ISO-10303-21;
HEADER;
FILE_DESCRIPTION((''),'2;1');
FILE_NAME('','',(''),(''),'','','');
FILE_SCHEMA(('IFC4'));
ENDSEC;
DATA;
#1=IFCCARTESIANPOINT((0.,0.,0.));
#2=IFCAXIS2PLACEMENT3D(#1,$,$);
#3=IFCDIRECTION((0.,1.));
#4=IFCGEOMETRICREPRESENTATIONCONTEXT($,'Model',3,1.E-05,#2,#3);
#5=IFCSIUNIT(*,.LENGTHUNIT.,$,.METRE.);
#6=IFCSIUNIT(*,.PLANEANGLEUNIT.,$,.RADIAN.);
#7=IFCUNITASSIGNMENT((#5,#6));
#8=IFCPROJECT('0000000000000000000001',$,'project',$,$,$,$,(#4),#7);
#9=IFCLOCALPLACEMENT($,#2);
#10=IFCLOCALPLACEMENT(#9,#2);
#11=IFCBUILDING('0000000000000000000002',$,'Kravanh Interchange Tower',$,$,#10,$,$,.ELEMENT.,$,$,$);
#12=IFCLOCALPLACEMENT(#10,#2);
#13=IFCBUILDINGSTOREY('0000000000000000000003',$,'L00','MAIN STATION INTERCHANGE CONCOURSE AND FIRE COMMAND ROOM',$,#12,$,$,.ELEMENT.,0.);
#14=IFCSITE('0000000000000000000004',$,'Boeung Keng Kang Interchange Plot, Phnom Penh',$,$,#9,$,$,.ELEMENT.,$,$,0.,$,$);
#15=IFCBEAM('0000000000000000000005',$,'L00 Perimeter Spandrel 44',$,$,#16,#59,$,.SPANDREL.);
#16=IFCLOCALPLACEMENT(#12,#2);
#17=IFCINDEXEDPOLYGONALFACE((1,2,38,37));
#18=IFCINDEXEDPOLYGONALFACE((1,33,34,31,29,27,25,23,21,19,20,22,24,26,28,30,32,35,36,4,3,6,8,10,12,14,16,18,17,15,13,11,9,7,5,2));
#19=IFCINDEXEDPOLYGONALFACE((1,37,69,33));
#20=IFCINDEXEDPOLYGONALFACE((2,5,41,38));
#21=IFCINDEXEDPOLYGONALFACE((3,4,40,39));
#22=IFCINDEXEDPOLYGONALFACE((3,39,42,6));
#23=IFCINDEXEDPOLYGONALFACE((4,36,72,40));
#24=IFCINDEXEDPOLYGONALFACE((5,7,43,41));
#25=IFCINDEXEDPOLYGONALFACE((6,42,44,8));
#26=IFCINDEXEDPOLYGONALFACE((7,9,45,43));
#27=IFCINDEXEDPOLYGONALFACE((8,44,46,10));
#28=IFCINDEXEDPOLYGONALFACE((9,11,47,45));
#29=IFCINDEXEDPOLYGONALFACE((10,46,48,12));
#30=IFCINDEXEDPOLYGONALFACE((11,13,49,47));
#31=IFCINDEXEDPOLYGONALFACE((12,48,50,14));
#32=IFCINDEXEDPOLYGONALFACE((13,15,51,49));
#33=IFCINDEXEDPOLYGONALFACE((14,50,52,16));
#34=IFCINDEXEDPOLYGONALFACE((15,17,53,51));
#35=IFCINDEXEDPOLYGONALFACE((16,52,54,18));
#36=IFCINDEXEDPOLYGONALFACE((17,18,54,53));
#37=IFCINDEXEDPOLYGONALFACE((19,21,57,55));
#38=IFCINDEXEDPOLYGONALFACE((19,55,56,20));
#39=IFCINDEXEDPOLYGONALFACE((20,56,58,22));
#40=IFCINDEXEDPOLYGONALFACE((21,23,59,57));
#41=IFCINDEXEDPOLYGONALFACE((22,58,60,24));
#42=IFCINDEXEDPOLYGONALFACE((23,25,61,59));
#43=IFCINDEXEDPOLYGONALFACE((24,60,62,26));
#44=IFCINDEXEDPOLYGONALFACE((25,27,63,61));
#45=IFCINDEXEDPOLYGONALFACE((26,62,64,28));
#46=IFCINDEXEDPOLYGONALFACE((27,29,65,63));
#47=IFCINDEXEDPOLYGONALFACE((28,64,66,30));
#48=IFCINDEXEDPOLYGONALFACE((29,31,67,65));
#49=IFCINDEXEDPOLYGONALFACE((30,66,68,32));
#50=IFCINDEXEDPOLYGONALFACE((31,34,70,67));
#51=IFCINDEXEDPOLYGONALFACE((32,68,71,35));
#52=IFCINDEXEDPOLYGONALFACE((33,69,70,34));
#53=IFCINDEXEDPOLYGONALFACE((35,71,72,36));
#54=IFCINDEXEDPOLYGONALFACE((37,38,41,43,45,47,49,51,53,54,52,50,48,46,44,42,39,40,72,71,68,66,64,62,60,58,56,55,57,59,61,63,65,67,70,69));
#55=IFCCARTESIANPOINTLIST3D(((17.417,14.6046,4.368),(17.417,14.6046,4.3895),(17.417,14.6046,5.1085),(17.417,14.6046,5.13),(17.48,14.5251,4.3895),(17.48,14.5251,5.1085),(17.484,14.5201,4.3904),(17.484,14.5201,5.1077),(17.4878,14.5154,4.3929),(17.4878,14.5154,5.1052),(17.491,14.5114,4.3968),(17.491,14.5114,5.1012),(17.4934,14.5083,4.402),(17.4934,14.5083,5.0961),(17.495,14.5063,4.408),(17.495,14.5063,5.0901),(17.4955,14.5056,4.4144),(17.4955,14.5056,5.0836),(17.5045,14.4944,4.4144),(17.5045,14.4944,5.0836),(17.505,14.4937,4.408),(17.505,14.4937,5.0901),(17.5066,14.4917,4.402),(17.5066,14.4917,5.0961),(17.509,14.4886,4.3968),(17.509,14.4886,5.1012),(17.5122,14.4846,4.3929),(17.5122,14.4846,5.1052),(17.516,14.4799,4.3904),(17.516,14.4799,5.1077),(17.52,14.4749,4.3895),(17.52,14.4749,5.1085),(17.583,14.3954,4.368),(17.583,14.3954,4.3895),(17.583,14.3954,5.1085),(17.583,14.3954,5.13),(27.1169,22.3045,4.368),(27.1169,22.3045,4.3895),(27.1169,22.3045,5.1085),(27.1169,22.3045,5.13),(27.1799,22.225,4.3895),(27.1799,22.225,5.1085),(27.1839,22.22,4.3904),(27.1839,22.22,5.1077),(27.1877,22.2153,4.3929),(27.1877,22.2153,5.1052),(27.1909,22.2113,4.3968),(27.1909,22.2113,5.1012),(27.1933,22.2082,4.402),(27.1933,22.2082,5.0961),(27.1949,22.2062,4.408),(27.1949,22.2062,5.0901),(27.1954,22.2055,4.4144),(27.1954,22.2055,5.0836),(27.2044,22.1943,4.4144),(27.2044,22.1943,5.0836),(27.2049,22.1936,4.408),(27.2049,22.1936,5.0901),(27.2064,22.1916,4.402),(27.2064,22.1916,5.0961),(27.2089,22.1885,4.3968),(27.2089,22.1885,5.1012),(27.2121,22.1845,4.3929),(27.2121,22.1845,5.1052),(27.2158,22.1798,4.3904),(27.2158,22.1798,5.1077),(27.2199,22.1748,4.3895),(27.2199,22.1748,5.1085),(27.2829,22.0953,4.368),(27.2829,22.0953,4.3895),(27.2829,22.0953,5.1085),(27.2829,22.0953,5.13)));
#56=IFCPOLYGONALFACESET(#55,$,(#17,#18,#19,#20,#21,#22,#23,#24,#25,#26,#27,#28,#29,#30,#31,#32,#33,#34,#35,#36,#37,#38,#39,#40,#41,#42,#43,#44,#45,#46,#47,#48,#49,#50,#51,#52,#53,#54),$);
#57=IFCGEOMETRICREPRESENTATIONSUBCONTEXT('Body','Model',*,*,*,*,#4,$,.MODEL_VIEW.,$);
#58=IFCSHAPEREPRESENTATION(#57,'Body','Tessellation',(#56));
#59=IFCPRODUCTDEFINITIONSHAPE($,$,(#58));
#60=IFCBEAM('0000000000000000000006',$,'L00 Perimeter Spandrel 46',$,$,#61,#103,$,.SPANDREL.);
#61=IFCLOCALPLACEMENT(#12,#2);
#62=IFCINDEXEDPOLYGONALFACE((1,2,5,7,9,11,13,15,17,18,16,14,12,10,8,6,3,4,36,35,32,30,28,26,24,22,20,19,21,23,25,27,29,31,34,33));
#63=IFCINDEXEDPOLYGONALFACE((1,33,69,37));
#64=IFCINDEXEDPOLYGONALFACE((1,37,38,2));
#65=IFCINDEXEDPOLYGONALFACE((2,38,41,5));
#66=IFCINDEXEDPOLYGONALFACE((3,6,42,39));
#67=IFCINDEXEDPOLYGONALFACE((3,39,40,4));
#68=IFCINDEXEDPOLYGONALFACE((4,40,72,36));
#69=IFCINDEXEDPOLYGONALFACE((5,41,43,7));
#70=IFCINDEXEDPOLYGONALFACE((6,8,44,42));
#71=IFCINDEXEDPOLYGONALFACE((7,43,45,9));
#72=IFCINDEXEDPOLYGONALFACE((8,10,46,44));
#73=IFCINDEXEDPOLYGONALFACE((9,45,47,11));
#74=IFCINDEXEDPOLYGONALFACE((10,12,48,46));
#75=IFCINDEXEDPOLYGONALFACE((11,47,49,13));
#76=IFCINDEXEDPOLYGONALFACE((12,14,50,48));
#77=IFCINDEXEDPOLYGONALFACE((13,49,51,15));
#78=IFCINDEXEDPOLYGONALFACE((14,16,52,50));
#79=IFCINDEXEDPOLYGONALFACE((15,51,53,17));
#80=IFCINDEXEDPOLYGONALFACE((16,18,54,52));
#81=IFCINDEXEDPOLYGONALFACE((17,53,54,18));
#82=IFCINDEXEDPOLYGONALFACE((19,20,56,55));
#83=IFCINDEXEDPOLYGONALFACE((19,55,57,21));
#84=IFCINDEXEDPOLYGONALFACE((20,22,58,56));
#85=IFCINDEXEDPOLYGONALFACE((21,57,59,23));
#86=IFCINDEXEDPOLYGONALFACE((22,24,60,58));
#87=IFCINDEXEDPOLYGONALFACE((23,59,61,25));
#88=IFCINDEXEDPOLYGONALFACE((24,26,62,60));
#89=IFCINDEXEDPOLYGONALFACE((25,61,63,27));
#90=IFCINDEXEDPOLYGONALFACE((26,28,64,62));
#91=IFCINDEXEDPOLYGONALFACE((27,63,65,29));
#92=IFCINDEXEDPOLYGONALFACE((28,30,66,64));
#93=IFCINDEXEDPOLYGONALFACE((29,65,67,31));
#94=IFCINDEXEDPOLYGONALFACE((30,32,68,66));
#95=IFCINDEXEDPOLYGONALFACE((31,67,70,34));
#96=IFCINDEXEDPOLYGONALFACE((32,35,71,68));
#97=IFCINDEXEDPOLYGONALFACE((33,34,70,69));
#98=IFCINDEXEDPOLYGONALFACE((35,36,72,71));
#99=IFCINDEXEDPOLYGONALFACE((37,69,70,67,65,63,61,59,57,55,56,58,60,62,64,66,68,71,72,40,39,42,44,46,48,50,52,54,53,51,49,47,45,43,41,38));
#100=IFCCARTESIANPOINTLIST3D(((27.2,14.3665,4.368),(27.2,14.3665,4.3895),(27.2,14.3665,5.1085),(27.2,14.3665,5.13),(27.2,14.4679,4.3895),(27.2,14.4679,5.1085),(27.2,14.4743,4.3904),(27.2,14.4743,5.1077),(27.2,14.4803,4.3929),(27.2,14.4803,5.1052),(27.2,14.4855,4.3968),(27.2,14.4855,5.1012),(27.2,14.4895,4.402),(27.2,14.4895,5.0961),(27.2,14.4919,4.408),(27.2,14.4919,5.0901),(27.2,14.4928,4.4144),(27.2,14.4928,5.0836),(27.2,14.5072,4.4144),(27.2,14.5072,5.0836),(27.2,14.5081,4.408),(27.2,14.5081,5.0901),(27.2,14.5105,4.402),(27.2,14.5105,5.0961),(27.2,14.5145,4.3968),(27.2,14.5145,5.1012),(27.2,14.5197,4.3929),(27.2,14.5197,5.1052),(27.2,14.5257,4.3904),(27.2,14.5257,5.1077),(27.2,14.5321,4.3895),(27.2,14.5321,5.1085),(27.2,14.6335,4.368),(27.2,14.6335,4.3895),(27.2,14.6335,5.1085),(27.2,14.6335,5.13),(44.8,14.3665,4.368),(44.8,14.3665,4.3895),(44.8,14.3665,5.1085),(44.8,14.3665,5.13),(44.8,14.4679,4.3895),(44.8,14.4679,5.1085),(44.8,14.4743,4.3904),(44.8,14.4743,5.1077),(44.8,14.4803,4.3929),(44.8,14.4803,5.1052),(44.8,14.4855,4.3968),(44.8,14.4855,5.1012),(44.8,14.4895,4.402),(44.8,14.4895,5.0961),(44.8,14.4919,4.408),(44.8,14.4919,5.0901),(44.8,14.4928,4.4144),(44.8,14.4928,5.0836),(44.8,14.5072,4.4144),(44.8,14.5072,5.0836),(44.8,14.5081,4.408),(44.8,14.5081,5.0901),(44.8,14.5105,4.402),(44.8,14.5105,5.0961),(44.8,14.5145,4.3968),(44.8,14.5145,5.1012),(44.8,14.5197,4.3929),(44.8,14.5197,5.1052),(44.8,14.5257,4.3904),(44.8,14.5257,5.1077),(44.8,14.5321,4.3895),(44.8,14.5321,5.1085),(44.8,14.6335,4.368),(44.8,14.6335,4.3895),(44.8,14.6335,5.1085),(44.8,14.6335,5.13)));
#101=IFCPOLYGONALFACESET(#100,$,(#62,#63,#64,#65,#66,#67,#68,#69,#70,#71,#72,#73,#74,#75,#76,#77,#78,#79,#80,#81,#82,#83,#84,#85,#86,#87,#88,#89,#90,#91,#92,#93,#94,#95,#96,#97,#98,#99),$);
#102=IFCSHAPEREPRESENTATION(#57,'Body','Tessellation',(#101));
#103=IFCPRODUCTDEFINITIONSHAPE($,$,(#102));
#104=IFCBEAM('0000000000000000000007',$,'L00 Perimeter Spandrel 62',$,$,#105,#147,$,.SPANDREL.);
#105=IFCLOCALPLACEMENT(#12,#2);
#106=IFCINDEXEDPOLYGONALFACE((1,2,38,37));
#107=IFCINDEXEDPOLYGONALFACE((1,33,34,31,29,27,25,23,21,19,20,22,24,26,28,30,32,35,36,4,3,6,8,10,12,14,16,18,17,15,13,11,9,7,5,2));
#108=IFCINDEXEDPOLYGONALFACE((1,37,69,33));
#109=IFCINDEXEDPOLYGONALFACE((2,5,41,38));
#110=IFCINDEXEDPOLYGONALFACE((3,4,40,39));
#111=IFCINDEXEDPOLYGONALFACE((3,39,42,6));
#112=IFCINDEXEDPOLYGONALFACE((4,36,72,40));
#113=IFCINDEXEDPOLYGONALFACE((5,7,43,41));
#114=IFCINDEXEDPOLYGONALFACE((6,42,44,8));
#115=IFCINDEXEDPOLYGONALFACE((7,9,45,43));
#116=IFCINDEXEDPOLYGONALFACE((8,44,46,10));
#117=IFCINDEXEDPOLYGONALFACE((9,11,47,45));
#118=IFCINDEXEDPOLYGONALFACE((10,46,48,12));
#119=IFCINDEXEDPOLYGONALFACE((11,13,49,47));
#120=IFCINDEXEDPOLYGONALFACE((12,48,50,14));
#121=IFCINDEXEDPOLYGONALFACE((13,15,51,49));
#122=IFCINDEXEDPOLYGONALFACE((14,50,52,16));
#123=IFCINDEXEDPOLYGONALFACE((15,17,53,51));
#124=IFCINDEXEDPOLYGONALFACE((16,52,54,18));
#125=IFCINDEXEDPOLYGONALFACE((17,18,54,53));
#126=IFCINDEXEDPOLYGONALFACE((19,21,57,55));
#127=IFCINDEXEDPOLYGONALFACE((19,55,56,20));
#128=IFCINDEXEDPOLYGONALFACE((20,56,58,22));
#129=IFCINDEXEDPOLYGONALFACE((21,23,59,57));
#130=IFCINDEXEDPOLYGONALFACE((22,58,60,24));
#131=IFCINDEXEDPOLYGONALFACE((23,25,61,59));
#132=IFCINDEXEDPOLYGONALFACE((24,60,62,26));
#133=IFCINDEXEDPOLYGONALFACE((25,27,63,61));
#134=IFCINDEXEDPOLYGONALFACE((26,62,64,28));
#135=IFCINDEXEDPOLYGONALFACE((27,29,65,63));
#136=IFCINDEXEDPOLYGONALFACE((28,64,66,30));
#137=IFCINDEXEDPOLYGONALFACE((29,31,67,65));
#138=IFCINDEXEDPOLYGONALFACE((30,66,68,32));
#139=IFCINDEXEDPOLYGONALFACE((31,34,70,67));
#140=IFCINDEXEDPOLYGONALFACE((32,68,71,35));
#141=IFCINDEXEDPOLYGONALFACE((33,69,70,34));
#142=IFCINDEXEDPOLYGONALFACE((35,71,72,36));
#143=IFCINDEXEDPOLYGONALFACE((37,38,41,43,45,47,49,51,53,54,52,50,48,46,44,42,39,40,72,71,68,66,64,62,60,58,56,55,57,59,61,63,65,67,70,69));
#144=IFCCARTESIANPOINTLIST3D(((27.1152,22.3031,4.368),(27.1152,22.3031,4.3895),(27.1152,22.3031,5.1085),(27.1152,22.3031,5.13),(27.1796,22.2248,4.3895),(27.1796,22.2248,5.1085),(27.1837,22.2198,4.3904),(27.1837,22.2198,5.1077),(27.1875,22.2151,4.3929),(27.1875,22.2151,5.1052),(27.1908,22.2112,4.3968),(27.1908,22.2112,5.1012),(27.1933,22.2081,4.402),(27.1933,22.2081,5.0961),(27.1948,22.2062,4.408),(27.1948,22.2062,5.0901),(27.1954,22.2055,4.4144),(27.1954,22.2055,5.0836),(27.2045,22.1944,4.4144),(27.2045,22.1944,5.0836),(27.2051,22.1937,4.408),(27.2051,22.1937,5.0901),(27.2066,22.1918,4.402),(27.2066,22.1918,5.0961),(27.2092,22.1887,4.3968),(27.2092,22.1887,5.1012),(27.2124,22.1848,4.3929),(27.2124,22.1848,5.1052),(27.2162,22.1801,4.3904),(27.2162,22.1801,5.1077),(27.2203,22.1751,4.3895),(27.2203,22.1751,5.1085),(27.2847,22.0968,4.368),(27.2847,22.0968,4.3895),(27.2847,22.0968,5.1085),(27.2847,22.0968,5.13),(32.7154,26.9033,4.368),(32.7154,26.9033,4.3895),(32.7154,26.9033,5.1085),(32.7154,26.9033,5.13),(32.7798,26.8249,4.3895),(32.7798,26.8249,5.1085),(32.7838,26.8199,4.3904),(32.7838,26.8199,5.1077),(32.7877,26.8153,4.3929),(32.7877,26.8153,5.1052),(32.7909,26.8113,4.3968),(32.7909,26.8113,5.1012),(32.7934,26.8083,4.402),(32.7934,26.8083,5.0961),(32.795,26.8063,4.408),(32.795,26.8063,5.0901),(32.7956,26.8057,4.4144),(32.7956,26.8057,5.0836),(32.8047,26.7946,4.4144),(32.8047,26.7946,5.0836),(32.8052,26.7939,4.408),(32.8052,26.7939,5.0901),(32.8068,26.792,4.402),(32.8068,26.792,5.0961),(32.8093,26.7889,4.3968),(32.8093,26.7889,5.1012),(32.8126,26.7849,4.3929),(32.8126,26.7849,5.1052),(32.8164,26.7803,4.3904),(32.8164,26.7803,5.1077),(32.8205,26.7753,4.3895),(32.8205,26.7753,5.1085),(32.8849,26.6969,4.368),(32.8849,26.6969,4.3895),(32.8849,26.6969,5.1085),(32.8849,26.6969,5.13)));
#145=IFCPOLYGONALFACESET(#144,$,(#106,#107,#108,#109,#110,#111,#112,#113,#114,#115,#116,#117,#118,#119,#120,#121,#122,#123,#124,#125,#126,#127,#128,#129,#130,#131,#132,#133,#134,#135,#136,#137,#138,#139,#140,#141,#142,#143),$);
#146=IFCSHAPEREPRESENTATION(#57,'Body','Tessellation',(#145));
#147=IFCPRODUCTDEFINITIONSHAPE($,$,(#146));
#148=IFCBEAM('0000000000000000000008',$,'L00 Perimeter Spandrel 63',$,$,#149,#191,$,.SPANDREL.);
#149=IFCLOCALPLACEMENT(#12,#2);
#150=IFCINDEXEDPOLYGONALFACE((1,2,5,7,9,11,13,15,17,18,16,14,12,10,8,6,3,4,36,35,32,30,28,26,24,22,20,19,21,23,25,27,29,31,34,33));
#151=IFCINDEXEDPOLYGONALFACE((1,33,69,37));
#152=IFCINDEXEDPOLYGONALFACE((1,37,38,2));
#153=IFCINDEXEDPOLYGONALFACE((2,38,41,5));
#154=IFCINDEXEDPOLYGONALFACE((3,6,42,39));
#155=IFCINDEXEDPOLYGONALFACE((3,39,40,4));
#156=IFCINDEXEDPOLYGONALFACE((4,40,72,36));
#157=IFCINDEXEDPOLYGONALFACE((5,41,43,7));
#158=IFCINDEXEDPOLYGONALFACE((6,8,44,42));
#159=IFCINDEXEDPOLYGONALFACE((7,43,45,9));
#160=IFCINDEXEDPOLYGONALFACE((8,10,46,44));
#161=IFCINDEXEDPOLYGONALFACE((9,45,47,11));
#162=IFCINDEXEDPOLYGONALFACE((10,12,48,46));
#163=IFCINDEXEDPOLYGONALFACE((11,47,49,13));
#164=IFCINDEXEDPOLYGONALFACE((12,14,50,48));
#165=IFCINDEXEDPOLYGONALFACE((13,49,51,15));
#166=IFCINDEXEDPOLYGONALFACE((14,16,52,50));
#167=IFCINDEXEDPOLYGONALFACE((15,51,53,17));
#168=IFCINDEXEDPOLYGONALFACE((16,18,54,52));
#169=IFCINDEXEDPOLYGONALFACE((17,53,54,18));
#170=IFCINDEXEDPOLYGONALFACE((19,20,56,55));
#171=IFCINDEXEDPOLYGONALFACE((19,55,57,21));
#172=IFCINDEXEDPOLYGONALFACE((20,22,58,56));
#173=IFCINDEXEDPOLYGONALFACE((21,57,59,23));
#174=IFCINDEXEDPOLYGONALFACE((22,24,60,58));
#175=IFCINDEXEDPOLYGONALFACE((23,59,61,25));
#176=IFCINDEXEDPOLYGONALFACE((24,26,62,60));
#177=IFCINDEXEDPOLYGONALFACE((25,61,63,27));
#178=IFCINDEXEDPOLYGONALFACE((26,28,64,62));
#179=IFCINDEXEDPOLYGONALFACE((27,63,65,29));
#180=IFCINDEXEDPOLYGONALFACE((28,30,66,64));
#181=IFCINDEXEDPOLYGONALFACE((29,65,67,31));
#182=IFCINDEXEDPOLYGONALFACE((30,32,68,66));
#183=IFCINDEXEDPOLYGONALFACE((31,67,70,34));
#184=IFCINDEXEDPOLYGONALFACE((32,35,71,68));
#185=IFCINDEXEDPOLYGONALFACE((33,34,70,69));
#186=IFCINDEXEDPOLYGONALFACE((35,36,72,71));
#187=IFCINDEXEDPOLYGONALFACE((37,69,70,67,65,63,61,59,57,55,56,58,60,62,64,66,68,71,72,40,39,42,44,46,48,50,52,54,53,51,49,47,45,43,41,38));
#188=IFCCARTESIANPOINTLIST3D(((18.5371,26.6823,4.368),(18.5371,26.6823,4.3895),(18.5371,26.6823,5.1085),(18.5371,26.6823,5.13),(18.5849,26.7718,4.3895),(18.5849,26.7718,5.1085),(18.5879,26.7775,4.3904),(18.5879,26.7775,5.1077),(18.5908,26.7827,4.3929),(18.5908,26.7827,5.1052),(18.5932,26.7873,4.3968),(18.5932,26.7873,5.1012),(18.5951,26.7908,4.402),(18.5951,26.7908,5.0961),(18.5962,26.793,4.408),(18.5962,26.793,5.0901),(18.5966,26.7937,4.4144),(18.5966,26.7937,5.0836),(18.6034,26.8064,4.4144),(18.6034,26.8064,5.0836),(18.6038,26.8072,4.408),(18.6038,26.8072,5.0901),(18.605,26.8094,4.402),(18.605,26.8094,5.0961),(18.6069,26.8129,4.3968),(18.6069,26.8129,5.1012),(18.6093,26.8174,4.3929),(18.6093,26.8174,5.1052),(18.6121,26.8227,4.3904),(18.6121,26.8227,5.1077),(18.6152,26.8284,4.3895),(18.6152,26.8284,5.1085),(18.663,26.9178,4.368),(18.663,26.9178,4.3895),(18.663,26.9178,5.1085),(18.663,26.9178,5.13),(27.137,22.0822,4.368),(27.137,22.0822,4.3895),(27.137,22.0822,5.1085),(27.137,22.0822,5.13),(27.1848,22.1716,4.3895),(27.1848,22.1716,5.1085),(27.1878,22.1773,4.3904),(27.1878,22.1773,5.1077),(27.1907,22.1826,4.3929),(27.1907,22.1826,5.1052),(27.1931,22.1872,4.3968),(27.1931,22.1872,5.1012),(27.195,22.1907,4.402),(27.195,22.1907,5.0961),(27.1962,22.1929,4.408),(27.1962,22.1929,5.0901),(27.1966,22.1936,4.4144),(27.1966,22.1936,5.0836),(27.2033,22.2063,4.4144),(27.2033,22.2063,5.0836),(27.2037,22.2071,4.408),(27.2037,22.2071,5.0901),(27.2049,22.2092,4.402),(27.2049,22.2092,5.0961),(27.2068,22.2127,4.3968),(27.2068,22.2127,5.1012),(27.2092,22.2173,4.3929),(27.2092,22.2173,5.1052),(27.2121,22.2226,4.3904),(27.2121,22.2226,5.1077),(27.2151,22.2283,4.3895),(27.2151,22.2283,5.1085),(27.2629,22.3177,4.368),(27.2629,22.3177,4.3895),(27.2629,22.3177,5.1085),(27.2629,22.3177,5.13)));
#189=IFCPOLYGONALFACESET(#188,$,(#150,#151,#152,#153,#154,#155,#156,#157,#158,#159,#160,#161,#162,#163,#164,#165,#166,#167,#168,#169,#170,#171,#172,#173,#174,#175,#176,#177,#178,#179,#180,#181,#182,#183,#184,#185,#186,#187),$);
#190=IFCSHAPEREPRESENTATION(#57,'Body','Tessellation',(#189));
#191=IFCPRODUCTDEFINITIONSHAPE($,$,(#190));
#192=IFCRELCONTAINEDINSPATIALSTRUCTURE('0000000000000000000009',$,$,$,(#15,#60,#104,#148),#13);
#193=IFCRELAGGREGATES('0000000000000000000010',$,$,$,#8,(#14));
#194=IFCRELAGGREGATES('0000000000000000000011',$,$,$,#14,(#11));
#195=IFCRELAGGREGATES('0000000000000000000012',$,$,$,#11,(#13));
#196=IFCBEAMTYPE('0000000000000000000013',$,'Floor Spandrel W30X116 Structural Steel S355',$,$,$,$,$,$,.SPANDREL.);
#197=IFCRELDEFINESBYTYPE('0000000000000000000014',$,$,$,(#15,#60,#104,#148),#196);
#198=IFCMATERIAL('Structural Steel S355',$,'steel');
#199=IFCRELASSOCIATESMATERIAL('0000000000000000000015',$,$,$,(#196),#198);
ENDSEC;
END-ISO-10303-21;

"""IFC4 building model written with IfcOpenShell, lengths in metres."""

from ifc_helpers import new_model, si_unit, direction, frame, origin, origin_2d, place, context, subcontext, project, spatial, i_section, extrude, material, material_profile, profile_set, type_object, element, save


model = new_model("IFC4")

# Units and contexts
model_context = context("Model", 3, precision=1e-05, world=origin(), true_north=direction((0.0, 1.0)))
body_context = subcontext(model_context, "Body", "Model", "MODEL_VIEW")
ifc_project = project(units=[si_unit("LENGTHUNIT", "METRE"), si_unit("PLANEANGLEUNIT", "RADIAN")], contexts=[model_context])

# Site, building, storey
site_placement = place(None, origin())
site = spatial("IfcSite", under=ifc_project, at=site_placement, Name="Boeung Keng Kang Interchange Plot, Phnom Penh", CompositionType="ELEMENT", RefElevation=0.0)
building_placement = place(site_placement, origin())
building = spatial("IfcBuilding", under=site, at=building_placement, Name="Kravanh Interchange Tower", CompositionType="ELEMENT")
storey_placement = place(building_placement, origin())
storey = spatial("IfcBuildingStorey", under=building, at=storey_placement, Name="L00", Description="MAIN STATION INTERCHANGE CONCOURSE AND FIRE COMMAND ROOM", CompositionType="ELEMENT", Elevation=0.0)

# Beams
ifc_material_1 = material(Name="Structural Steel S355", Category="steel")
ifc_material_profile_1 = material_profile(ifc_material_1, i_section(OverallWidth=0.2671, OverallDepth=0.762, WebThickness=0.0144, FlangeThickness=0.0215, FilletRadius=0.0249, at=origin_2d()), Name="W30X116")
ifc_profile_set_1 = profile_set([ifc_material_profile_1], Name="Structural Steel S355")
beam_type_1 = type_object("IfcBeamType", Name="Floor Spandrel W30X116 Structural Steel S355", PredefinedType="SPANDREL", material=ifc_profile_set_1)
beam_1_placement = place(storey_placement, frame((17.5, 14.5, 4.749), z_axis=(0.783227, 0.621736, 0.0), x_axis=(-0.621736, 0.783227, 0.0)))
element("IfcBeam", 1, at=beam_1_placement, inside=storey, type_object=beam_type_1, Name="L00 Perimeter Spandrel 44", PredefinedType="SPANDREL", context=body_context, shape_type="SweptSolid", body=[
    extrude(i_section(OverallWidth=0.2671, OverallDepth=0.762, WebThickness=0.0144, FlangeThickness=0.0215, FilletRadius=0.0249, at=origin_2d()), origin(), (0.0, 0.0, 1.0), 12.3845),
])
beam_2_placement = place(storey_placement, frame((27.2, 14.5, 4.749), z_axis=(1.0, 0.0, 0.0), x_axis=(0.0, 1.0, 0.0)))
element("IfcBeam", 2, at=beam_2_placement, inside=storey, type_object=beam_type_1, Name="L00 Perimeter Spandrel 46", PredefinedType="SPANDREL", context=body_context, shape_type="SweptSolid", body=[
    extrude(i_section(OverallWidth=0.2671, OverallDepth=0.762, WebThickness=0.0144, FlangeThickness=0.0215, FilletRadius=0.0249, at=origin_2d()), origin(), (0.0, 0.0, 1.0), 17.6001),
])
beam_3_placement = place(storey_placement, frame((27.2, 22.2, 4.749), z_axis=(0.772725, 0.634741, 0.0), x_axis=(-0.634741, 0.772725, 0.0)))
element("IfcBeam", 3, at=beam_3_placement, inside=storey, type_object=beam_type_1, Name="L00 Perimeter Spandrel 62", PredefinedType="SPANDREL", context=body_context, shape_type="SweptSolid", body=[
    extrude(i_section(OverallWidth=0.2671, OverallDepth=0.762, WebThickness=0.0144, FlangeThickness=0.0215, FilletRadius=0.0249, at=origin_2d()), origin(), (0.0, 0.0, 1.0), 7.2473),
])
beam_4_placement = place(storey_placement, frame((27.2, 22.2, 4.749), z_axis=(-0.881777, 0.471666, 0.0), x_axis=(-0.471666, -0.881777, 0.0)))
element("IfcBeam", 4, at=beam_4_placement, inside=storey, type_object=beam_type_1, Name="L00 Perimeter Spandrel 63", PredefinedType="SPANDREL", context=body_context, shape_type="SweptSolid", body=[
    extrude(i_section(OverallWidth=0.2671, OverallDepth=0.762, WebThickness=0.0144, FlangeThickness=0.0215, FilletRadius=0.0249, at=origin_2d()), origin(), (0.0, 0.0, 1.0), 9.7529),
])

save(model, "model.ifc")
